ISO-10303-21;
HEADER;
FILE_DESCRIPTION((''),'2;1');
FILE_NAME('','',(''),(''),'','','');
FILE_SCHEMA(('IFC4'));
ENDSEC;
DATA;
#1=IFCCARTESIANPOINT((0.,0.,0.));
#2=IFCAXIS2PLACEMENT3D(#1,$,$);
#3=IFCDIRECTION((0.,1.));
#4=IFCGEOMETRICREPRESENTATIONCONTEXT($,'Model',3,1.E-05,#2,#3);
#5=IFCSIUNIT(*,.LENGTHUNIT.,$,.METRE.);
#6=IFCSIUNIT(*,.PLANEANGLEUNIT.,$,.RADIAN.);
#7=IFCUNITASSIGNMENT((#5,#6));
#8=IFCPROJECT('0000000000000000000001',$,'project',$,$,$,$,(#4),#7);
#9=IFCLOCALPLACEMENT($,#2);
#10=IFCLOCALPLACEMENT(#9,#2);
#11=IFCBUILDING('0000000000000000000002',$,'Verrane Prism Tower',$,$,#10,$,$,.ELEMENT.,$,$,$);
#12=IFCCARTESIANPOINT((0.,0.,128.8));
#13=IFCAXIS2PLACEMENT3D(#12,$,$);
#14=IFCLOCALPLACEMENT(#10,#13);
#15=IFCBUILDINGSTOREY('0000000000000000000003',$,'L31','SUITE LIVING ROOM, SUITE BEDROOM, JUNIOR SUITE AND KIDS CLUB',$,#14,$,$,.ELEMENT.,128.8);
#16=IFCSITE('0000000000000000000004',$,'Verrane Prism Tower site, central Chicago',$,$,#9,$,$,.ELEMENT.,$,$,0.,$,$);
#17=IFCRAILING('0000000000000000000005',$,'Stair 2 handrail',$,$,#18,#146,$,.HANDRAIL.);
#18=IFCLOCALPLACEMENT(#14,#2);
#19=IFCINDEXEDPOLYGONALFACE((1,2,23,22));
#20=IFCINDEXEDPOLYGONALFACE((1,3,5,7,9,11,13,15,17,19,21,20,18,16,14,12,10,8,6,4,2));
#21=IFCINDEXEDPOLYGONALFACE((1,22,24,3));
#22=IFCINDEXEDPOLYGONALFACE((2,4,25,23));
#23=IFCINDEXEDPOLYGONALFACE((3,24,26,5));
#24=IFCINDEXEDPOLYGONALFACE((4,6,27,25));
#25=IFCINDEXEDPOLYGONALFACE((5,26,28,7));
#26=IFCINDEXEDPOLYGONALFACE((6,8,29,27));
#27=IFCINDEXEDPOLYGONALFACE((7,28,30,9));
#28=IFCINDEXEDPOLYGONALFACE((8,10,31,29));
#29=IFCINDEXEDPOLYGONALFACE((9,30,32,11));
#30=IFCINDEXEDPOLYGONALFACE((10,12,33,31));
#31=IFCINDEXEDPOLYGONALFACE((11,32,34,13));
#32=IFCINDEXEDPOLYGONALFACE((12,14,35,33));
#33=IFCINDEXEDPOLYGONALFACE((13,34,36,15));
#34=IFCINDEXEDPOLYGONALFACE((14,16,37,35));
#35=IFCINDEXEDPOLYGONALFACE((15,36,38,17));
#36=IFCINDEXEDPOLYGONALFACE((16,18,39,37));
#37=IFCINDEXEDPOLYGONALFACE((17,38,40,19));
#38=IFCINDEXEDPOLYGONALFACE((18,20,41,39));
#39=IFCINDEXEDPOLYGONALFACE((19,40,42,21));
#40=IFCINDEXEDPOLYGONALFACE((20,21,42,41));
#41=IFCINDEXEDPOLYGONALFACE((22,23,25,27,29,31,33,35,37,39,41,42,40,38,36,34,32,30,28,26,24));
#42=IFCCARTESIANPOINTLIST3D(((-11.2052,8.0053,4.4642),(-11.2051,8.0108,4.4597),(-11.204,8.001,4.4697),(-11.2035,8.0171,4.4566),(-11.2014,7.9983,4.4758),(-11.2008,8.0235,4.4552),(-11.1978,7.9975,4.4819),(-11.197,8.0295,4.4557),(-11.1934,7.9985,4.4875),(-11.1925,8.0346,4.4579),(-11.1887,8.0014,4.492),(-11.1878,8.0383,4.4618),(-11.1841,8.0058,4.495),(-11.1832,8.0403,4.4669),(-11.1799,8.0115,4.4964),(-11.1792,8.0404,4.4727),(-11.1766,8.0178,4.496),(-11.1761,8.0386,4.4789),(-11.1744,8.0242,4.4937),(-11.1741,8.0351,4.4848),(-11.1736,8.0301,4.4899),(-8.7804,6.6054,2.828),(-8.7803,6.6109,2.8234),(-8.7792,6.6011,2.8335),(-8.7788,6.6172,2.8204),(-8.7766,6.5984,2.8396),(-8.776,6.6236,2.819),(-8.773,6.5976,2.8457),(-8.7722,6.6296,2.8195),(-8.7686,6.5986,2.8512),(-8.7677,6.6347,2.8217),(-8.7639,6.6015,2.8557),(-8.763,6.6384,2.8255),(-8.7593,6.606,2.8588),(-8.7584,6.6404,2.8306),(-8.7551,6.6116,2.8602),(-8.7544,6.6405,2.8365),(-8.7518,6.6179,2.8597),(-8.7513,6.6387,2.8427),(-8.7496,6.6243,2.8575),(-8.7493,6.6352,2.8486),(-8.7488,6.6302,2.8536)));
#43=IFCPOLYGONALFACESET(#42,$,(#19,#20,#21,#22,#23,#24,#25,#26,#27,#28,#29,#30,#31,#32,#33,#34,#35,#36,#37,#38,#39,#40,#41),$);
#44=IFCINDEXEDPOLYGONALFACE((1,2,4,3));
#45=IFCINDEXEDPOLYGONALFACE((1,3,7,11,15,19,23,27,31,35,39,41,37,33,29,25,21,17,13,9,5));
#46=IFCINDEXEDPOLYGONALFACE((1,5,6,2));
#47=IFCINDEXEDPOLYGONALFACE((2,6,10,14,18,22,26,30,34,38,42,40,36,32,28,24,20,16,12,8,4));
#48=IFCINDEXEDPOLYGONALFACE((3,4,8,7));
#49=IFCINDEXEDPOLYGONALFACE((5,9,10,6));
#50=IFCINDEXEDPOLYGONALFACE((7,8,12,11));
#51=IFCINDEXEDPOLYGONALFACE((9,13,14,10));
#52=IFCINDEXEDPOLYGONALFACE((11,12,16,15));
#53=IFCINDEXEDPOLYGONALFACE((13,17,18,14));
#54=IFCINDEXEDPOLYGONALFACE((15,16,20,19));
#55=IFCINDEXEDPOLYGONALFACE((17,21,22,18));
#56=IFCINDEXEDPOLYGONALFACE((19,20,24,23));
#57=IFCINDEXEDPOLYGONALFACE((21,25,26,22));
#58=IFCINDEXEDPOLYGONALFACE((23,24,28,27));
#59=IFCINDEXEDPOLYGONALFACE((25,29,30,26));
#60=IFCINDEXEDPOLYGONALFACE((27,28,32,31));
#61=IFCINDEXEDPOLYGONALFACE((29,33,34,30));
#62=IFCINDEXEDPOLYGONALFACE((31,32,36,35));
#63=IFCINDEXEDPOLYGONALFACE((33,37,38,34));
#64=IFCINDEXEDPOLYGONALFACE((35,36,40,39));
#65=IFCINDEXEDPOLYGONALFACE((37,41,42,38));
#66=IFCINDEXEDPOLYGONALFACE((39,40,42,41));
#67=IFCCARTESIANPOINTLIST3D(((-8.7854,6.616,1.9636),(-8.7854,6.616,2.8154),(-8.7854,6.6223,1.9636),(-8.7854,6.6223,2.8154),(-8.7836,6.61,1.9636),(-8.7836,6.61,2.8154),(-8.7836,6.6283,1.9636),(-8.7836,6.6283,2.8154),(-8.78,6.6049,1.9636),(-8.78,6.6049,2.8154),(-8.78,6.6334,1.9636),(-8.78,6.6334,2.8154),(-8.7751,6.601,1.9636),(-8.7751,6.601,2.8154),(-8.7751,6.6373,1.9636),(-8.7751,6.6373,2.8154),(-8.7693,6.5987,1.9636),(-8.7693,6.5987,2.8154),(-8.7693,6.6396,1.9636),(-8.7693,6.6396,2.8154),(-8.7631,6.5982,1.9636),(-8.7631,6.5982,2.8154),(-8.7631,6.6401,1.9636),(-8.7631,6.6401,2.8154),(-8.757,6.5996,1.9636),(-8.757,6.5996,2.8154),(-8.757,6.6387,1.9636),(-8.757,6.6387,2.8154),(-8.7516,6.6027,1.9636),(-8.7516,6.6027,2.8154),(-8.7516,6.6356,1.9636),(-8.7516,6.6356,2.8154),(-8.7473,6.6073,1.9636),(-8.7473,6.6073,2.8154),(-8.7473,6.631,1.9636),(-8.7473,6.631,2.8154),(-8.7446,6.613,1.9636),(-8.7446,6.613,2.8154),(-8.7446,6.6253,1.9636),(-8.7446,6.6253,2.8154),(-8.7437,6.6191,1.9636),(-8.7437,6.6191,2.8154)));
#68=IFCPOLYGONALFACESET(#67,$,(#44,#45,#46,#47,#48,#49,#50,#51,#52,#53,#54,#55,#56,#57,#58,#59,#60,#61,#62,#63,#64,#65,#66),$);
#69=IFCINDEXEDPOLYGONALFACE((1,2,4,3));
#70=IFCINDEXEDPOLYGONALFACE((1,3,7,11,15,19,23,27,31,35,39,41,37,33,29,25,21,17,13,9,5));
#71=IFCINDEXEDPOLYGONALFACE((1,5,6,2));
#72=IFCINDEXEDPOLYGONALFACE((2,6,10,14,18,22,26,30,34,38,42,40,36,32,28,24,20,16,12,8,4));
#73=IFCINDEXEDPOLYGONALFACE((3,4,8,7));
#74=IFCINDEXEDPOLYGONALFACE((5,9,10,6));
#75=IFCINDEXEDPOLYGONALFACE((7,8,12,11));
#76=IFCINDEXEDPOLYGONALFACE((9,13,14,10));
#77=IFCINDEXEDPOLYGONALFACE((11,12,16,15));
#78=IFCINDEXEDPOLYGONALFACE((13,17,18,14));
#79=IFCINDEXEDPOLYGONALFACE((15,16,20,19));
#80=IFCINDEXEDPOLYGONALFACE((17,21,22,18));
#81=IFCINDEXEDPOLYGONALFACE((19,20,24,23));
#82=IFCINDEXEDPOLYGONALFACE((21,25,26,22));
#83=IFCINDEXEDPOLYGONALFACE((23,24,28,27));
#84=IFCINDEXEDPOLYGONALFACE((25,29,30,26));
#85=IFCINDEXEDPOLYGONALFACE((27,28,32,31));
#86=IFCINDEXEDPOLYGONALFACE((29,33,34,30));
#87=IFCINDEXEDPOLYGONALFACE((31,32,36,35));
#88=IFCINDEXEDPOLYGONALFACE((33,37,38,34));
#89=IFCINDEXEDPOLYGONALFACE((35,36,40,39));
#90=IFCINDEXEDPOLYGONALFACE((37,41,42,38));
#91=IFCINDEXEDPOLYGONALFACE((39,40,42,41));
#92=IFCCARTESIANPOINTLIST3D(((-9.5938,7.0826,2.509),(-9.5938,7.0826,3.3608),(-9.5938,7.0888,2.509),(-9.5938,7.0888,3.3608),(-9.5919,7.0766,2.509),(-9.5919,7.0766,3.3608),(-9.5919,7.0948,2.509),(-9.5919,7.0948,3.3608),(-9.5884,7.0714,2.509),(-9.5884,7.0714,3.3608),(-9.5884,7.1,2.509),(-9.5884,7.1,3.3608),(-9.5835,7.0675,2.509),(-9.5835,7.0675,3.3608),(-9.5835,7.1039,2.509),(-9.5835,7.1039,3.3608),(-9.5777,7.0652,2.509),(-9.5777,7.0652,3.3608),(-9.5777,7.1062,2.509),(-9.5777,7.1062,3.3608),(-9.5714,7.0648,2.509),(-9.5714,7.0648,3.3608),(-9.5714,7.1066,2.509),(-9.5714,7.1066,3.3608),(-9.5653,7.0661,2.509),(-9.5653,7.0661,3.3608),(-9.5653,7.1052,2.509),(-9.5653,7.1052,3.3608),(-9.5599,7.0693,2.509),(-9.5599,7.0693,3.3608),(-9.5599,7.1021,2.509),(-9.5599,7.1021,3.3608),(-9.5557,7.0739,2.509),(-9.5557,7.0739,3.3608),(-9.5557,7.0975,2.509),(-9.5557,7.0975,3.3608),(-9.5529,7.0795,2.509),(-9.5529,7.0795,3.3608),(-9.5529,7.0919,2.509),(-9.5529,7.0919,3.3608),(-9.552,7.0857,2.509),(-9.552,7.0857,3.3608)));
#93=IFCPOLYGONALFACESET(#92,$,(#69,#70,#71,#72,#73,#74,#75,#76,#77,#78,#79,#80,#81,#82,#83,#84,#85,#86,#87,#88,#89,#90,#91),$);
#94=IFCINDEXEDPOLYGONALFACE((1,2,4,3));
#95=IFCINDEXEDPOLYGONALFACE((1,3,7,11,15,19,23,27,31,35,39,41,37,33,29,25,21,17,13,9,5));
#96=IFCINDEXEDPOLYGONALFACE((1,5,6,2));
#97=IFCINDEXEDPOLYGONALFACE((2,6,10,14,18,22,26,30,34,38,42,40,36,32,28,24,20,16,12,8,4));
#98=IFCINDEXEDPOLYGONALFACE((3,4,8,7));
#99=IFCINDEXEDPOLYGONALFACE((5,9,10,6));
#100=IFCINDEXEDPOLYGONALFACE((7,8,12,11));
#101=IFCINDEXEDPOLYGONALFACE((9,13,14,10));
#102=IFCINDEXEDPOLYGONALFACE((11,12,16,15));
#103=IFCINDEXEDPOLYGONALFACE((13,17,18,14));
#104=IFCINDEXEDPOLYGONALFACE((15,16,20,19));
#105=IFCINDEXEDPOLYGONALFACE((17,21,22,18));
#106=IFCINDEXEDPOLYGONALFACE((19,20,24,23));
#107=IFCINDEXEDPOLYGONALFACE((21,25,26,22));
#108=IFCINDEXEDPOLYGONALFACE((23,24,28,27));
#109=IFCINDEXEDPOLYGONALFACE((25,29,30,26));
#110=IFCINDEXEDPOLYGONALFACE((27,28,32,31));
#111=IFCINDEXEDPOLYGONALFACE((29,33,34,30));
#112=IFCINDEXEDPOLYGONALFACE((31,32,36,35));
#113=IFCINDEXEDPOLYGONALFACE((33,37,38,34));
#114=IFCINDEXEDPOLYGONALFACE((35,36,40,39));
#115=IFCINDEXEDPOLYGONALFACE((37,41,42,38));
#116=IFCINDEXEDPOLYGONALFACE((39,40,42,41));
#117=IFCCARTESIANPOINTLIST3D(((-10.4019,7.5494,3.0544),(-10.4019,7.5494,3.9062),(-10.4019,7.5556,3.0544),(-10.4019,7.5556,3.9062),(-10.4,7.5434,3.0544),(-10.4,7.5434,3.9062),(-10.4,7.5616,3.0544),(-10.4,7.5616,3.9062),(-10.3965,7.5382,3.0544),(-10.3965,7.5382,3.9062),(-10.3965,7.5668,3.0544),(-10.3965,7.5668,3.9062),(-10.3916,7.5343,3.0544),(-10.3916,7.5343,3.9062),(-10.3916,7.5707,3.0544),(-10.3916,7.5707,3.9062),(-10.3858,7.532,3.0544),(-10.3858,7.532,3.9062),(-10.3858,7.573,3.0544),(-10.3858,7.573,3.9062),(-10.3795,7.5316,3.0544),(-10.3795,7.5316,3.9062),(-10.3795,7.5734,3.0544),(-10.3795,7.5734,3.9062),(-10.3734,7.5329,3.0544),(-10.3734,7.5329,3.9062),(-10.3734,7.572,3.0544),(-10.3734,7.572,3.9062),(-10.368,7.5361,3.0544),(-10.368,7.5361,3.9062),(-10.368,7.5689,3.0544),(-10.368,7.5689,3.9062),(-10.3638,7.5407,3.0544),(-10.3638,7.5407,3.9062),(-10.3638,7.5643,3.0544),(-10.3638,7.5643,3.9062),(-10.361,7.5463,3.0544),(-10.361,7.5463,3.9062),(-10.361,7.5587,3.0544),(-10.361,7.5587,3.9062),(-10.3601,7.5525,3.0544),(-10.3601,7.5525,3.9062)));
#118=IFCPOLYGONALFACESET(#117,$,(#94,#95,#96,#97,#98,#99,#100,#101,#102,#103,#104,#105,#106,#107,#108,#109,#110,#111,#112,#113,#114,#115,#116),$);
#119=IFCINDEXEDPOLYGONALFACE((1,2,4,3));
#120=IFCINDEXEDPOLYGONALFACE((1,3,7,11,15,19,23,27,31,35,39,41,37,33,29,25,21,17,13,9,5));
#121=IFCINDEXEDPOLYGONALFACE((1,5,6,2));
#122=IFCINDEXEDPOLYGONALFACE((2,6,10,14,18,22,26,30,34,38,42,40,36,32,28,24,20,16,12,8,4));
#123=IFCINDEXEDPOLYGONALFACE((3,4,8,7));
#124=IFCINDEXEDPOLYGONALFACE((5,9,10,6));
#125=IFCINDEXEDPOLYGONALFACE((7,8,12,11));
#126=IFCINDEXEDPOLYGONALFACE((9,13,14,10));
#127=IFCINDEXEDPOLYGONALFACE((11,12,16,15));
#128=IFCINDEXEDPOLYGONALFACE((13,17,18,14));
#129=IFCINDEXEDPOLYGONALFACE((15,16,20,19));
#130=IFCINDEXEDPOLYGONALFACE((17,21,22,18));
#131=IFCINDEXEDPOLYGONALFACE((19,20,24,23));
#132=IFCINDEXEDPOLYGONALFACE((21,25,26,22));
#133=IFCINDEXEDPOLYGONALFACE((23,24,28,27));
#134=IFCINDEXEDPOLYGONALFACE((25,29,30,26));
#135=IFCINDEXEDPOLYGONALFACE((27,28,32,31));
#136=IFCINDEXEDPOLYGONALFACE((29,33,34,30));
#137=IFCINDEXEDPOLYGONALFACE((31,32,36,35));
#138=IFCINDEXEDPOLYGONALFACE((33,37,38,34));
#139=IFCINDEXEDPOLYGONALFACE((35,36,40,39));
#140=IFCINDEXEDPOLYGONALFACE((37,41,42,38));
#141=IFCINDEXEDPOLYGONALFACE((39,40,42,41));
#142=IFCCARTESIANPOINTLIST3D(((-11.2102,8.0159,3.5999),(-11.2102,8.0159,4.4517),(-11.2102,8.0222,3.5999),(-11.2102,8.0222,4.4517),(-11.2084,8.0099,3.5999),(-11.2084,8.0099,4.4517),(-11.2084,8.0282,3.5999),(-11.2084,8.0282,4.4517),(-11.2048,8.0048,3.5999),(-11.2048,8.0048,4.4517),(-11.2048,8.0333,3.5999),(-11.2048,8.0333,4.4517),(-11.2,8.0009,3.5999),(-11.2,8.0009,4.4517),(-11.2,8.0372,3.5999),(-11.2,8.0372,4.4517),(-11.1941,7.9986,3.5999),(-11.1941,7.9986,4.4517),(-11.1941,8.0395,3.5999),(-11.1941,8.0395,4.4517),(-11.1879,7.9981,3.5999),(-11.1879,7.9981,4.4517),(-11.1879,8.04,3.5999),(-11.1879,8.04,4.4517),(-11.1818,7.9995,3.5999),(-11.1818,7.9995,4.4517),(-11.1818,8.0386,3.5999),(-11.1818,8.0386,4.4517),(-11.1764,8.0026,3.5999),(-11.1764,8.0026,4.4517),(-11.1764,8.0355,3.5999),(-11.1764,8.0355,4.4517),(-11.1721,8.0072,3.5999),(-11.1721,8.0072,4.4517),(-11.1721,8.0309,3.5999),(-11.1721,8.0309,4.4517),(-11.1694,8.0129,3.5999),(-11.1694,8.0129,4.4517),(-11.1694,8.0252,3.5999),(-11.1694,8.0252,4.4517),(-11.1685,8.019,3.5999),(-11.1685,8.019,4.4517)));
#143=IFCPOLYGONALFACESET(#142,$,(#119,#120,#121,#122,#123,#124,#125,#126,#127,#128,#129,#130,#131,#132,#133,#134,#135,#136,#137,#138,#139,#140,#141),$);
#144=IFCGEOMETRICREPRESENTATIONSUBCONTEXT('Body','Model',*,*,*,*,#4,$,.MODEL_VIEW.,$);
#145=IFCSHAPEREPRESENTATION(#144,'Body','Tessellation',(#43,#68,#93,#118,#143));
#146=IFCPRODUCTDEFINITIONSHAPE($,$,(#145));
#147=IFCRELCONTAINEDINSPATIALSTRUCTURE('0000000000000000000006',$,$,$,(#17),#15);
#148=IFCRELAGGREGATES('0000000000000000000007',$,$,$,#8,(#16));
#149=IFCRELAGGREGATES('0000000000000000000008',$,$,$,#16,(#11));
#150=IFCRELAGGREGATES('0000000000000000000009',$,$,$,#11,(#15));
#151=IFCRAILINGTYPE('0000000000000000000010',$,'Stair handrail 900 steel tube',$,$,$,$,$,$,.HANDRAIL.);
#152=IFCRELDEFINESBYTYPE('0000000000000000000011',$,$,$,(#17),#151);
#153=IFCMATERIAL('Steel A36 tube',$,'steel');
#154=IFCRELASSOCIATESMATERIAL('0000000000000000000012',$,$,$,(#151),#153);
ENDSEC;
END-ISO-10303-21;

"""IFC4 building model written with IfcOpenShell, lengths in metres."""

from ifc_helpers import new_model, si_unit, direction, frame, origin, origin_2d, place, context, subcontext, project, spatial, circle, extrude, material, type_object, element, save


model = new_model("IFC4")

# Units and contexts
model_context = context("Model", 3, precision=1e-05, world=origin(), true_north=direction((0.0, 1.0)))
body_context = subcontext(model_context, "Body", "Model", "MODEL_VIEW")
ifc_project = project(units=[si_unit("LENGTHUNIT", "METRE"), si_unit("PLANEANGLEUNIT", "RADIAN")], contexts=[model_context])

# Site, building, storey
site_placement = place(None, origin())
site = spatial("IfcSite", under=ifc_project, at=site_placement, Name="Verrane Prism Tower site, central Chicago", CompositionType="ELEMENT", RefElevation=0.0)
building_placement = place(site_placement, origin())
building = spatial("IfcBuilding", under=site, at=building_placement, Name="Verrane Prism Tower", CompositionType="ELEMENT")
storey_placement = place(building_placement, frame((0.0, 0.0, 128.8)))
storey = spatial("IfcBuildingStorey", under=building, at=storey_placement, Name="L31", Description="SUITE LIVING ROOM, SUITE BEDROOM, JUNIOR SUITE AND KIDS CLUB", CompositionType="ELEMENT", Elevation=128.8)

# Railing
ifc_material_1 = material(Name="Steel A36 tube", Category="steel")
railing_type_1 = type_object("IfcRailingType", Name="Stair handrail 900 steel tube", PredefinedType="HANDRAIL", material=ifc_material_1)
railing_1_placement = place(storey_placement, frame((-8.7646, 6.6191, 1.9636)))
element("IfcRailing", 1, at=railing_1_placement, inside=storey, type_object=railing_type_1, Name="Stair 2 handrail", PredefinedType="HANDRAIL", context=body_context, shape_type="SweptSolid", body=[
    extrude(circle(Radius=0.0239, at=origin_2d()), frame((0.0, 0.0, 0.876), z_axis=(-0.747718, 0.431677, 0.504552), x_axis=(-0.499984, -0.866035, 0.0)), (0.0, 0.0, 1.0), 3.2429),
    extrude(circle(Radius=0.021, at=origin_2d()), origin(), (0.0, 0.0, 1.0), 0.8518),
    extrude(circle(Radius=0.021, at=origin_2d()), frame((-0.8083, 0.4666, 0.5454)), (0.0, 0.0, 1.0), 0.8518),
    extrude(circle(Radius=0.021, at=origin_2d()), frame((-1.6165, 0.9333, 1.0908)), (0.0, 0.0, 1.0), 0.8518),
    extrude(circle(Radius=0.021, at=origin_2d()), frame((-2.4248, 1.3999, 1.6362)), (0.0, 0.0, 1.0), 0.8518),
])

save(model, "model.ifc")
